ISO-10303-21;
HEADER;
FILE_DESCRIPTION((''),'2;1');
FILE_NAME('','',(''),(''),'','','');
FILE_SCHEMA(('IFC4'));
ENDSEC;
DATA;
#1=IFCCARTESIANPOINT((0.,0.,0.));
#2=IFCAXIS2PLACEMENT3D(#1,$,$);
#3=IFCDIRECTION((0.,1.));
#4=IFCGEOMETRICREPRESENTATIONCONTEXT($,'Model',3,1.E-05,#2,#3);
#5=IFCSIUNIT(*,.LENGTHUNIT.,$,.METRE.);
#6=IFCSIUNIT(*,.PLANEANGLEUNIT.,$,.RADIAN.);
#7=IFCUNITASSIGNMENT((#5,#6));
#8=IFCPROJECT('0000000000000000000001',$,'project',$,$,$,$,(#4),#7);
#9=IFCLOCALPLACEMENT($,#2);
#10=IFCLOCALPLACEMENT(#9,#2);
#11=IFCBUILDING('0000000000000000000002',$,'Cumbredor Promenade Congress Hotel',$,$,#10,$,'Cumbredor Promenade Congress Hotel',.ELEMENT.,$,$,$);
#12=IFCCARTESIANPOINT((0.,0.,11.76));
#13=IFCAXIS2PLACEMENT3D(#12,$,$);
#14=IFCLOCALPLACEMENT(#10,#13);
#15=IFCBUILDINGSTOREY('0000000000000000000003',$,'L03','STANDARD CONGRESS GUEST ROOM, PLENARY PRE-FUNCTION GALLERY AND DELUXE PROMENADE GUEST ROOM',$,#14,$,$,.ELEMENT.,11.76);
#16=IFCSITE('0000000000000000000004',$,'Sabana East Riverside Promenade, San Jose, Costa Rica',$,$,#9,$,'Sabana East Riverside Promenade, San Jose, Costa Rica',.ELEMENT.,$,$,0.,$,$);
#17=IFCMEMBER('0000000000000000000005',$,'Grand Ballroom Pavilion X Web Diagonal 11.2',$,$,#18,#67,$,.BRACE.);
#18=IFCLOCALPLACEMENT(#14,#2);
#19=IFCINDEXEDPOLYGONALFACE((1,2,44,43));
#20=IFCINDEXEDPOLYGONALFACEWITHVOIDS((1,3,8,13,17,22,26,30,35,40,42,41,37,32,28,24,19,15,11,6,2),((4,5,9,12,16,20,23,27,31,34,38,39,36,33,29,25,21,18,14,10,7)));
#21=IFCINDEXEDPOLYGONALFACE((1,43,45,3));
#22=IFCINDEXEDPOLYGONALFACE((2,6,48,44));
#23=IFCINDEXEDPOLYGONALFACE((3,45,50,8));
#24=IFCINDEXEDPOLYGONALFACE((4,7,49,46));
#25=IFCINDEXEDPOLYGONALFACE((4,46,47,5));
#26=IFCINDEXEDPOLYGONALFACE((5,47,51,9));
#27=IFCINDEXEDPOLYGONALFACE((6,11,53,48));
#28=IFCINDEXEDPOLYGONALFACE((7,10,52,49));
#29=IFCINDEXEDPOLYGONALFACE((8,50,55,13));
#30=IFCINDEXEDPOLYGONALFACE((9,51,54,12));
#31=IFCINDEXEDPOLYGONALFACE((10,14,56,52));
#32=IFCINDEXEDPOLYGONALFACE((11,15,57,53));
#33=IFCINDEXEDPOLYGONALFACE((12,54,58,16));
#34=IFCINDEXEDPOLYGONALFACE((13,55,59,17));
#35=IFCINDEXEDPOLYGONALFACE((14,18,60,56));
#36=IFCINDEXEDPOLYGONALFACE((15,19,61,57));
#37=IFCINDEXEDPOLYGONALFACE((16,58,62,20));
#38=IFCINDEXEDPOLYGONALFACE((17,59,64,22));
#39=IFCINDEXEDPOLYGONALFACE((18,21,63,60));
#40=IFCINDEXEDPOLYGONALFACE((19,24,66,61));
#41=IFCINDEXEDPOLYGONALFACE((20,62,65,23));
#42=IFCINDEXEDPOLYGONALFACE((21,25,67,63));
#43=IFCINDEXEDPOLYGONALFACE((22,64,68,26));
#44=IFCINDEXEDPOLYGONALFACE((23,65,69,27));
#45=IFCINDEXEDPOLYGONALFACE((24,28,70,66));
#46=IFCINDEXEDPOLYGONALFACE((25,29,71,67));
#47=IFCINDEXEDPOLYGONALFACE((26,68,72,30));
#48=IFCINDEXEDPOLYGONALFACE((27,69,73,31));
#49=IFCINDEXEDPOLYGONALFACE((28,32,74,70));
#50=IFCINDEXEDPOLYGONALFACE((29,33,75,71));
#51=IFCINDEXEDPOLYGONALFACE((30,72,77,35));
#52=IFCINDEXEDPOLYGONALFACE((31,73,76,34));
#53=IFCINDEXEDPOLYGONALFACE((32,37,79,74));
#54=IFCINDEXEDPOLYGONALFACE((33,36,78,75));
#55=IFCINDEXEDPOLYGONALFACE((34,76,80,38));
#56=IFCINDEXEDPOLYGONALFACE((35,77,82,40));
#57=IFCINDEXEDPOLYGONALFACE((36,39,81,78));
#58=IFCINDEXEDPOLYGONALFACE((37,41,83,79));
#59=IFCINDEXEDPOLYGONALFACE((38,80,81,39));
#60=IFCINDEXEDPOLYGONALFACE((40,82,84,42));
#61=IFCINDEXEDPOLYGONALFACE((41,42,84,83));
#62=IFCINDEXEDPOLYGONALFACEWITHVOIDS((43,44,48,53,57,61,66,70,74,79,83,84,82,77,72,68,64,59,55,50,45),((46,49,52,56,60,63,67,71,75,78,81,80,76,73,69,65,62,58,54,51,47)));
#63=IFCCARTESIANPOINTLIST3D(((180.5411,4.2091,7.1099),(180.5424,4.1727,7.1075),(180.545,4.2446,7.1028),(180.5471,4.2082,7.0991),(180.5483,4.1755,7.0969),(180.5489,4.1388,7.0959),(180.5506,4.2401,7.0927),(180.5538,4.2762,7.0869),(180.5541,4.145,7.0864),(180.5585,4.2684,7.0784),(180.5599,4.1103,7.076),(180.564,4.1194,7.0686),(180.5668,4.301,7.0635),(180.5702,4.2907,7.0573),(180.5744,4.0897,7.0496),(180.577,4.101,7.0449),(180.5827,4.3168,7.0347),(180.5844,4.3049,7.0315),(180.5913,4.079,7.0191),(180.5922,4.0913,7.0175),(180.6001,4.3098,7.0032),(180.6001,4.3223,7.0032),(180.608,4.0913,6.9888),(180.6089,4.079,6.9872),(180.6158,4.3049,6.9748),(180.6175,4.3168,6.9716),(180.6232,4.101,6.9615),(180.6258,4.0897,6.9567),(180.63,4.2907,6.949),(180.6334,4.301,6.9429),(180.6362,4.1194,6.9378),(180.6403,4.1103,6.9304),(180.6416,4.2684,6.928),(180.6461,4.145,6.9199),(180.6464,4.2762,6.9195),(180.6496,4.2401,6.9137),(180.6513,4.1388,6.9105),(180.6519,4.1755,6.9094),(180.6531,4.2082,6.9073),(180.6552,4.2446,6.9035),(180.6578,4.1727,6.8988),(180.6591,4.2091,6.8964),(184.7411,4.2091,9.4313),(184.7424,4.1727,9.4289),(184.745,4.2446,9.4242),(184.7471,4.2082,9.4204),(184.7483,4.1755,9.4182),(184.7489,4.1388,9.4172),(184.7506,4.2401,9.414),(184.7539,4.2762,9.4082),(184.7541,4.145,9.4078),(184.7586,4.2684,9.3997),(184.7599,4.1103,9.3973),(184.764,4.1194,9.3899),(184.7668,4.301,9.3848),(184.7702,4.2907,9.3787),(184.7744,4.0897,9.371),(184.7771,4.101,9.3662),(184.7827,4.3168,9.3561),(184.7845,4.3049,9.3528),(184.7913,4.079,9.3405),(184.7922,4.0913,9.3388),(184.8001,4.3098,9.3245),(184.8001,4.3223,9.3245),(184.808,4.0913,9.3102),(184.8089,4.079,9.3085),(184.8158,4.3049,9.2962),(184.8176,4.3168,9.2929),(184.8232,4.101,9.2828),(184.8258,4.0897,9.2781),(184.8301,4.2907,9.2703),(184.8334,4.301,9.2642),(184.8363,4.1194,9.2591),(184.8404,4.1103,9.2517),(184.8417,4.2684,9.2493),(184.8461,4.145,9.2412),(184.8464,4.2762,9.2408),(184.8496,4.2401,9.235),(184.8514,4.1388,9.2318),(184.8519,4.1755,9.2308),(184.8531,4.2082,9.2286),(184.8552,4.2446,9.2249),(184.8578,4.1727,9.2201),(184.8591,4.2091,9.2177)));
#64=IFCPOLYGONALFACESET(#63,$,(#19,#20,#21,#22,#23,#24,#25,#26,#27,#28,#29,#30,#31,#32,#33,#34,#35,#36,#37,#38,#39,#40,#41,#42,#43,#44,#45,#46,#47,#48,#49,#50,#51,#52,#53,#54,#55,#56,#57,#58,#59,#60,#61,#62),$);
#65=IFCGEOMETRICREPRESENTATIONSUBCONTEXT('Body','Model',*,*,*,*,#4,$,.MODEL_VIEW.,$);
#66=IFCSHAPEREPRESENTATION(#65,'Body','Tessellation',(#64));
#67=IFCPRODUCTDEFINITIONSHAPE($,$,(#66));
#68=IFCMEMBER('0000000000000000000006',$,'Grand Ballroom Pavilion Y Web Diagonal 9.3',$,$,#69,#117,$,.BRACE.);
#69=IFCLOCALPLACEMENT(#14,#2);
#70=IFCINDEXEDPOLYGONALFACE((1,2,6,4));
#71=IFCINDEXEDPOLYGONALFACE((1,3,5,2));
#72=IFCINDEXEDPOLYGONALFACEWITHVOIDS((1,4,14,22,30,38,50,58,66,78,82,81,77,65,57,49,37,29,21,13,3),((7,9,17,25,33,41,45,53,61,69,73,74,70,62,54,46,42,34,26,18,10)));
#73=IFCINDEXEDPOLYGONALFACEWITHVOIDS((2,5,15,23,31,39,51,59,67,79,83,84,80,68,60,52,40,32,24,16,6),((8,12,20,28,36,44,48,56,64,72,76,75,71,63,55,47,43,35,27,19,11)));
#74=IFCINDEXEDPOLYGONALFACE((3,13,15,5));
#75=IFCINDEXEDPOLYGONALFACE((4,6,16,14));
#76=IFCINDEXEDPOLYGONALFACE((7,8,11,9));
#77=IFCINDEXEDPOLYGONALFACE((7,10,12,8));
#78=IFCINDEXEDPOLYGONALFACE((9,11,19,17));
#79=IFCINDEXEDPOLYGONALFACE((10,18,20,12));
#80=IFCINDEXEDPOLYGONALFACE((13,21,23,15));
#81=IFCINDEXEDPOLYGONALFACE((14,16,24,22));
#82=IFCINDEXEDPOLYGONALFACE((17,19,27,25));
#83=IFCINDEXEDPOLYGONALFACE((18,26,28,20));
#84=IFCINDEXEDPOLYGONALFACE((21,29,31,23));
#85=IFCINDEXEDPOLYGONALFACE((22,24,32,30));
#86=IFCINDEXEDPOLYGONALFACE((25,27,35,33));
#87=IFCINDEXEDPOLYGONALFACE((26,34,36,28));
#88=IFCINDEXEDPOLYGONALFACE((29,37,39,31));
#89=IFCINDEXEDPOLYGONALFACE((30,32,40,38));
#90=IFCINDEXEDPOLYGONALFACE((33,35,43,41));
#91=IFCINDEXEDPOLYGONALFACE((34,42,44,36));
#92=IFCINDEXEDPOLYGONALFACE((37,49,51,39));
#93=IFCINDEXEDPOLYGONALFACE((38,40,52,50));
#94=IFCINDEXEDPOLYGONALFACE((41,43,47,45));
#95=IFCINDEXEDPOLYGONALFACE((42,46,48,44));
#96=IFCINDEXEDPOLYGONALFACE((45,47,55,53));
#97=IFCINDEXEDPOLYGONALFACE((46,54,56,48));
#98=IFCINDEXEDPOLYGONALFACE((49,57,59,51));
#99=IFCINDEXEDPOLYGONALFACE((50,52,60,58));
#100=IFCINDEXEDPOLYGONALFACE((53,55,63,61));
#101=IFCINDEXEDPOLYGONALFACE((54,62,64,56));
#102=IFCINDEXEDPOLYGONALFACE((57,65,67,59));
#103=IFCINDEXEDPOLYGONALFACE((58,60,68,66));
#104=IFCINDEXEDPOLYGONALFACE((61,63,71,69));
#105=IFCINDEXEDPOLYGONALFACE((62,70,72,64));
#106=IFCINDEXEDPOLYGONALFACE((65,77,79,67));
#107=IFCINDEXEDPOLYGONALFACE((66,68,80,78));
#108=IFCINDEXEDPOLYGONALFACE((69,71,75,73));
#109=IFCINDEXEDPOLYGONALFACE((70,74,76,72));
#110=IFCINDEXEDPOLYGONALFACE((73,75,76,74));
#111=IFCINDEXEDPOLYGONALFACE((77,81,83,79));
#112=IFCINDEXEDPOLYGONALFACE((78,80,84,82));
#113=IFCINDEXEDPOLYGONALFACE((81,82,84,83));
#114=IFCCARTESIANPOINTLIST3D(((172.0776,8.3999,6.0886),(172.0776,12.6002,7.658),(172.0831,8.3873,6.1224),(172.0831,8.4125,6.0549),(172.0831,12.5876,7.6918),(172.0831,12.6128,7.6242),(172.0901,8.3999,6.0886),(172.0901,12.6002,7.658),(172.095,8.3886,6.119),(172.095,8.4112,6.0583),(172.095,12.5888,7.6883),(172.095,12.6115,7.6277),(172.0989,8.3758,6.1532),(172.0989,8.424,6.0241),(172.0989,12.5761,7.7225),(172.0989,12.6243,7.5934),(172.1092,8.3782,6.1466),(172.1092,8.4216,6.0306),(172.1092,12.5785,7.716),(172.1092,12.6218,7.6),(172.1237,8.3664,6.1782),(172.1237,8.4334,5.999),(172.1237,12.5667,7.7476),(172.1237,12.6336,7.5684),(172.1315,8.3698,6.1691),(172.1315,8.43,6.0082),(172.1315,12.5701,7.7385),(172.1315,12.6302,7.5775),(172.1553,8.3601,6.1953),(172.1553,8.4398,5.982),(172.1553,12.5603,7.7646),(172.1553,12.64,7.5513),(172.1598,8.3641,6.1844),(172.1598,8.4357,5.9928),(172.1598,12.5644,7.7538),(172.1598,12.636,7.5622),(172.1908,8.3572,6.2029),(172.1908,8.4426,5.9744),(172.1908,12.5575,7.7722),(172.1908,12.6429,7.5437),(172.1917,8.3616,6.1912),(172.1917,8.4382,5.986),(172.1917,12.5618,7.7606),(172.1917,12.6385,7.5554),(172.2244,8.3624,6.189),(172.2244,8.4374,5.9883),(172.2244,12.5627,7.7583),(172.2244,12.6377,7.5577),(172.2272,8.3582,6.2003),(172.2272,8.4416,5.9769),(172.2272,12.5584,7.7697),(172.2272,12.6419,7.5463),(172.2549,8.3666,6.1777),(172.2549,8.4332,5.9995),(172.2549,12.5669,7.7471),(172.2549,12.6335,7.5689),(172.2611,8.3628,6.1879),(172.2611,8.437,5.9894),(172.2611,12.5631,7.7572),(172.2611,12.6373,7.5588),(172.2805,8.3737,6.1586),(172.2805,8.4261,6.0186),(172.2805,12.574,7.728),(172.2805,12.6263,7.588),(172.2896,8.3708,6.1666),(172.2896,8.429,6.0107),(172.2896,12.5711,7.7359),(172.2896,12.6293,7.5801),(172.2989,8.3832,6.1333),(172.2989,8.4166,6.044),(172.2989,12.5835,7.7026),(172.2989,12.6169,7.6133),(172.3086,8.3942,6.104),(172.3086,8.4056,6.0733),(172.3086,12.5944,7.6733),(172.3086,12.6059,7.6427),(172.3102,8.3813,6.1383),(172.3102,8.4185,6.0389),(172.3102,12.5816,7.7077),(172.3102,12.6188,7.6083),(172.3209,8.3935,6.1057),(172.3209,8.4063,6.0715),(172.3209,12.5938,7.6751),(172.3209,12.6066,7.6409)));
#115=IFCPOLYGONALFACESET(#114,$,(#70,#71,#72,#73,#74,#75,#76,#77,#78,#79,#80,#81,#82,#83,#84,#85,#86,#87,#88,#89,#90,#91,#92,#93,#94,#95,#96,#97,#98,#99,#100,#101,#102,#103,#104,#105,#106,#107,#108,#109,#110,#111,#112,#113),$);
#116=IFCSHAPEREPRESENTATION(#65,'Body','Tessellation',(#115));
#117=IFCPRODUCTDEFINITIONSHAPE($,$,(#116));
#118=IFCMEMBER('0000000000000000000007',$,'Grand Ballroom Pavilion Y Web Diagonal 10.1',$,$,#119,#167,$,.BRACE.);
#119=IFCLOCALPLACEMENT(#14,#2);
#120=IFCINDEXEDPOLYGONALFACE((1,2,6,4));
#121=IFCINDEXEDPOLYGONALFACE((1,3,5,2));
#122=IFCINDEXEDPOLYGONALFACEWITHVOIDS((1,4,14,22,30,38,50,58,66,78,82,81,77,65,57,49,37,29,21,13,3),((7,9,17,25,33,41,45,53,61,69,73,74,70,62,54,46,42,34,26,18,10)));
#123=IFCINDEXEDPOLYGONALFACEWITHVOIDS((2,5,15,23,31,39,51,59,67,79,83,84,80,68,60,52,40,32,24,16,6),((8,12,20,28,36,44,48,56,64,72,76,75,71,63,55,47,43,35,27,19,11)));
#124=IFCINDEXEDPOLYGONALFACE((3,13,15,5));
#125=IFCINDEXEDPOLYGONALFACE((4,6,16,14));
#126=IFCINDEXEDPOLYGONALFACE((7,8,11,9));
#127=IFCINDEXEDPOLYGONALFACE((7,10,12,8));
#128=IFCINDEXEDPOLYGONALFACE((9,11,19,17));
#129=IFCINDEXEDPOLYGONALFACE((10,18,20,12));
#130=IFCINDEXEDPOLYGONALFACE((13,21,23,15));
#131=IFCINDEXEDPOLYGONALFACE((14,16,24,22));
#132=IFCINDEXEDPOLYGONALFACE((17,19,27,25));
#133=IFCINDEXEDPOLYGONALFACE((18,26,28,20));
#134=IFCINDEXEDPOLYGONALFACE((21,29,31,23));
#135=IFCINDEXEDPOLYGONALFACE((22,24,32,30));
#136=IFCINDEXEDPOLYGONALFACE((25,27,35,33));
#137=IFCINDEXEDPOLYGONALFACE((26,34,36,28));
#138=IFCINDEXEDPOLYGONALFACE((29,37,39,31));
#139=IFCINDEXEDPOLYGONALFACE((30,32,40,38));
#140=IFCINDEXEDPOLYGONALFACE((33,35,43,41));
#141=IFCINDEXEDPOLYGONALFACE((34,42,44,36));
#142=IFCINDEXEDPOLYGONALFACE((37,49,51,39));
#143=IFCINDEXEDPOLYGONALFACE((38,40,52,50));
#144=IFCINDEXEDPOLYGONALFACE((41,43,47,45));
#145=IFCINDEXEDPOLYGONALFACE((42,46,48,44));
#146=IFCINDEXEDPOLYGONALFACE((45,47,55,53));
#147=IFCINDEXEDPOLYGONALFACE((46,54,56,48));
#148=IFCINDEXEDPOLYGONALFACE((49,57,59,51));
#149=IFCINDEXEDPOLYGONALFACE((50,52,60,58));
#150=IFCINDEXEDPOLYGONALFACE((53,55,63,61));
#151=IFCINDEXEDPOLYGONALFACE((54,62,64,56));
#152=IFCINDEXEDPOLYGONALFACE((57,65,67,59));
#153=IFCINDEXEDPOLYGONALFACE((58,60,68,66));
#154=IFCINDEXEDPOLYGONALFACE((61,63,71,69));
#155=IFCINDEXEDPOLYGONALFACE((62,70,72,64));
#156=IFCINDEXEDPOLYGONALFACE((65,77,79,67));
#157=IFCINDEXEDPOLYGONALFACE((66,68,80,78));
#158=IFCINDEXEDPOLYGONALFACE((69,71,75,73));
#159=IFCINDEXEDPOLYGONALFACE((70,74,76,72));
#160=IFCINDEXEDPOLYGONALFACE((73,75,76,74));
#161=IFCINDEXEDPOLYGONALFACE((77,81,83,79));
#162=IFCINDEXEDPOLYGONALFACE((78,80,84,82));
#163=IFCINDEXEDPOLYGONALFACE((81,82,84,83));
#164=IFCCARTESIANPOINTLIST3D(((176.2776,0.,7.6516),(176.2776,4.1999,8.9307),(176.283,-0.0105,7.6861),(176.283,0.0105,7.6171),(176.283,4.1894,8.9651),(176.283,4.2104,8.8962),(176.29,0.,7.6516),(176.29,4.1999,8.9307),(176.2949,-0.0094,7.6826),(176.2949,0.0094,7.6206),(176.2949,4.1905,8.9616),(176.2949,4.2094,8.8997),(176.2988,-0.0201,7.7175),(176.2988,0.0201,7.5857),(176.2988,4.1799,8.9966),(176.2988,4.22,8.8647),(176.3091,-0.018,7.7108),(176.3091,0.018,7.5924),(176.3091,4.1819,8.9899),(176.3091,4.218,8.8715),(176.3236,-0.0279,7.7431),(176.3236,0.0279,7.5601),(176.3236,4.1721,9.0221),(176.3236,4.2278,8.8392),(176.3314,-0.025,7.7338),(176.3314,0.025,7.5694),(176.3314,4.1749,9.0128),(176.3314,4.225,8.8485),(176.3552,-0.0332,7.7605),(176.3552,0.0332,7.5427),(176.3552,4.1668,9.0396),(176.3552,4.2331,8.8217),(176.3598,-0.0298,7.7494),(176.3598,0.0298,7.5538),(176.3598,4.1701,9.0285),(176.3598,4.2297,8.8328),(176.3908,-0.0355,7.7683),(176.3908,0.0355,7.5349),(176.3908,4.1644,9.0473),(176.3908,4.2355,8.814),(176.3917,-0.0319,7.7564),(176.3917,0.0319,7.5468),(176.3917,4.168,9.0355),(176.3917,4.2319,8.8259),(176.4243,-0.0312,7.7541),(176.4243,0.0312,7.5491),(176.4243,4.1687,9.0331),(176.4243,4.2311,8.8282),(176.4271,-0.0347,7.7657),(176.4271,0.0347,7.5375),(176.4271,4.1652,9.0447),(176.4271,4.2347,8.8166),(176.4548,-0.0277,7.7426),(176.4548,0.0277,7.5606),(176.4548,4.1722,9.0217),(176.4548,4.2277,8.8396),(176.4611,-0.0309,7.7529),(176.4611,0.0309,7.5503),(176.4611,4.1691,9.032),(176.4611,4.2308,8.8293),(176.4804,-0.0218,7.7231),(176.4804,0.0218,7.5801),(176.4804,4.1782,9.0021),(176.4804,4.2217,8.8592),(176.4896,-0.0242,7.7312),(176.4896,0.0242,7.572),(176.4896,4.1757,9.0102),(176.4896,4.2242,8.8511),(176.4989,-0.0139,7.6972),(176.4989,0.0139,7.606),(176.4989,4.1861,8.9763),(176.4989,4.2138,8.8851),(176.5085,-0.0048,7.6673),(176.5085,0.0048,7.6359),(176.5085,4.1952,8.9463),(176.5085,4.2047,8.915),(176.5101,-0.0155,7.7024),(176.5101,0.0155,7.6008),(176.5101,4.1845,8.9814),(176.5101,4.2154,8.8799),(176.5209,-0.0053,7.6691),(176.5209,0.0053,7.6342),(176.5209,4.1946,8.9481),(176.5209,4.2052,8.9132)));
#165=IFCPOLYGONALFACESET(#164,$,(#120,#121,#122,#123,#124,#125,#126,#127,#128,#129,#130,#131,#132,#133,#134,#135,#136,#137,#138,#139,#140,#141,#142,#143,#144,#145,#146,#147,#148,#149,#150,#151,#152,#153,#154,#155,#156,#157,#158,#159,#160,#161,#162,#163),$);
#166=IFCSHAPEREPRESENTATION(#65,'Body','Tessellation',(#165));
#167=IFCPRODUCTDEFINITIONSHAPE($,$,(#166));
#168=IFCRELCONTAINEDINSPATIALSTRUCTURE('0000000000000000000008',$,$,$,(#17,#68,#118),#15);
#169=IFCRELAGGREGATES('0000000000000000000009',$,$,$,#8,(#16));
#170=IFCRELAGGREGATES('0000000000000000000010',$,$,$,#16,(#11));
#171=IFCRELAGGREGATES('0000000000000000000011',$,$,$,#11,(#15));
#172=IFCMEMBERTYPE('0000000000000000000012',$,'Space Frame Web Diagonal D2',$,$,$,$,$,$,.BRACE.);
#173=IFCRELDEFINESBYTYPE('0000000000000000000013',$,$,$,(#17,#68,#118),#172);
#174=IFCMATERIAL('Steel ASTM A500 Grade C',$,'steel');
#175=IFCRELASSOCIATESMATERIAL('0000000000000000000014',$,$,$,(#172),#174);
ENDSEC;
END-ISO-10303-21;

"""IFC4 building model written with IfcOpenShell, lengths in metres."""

from ifc_helpers import new_model, si_unit, direction, frame, origin, origin_2d, place, context, subcontext, project, spatial, hollow_circle, extrude, material, material_profile, profile_set, type_object, element, save


model = new_model("IFC4")

# Units and contexts
model_context = context("Model", 3, precision=1e-05, world=origin(), true_north=direction((0.0, 1.0)))
body_context = subcontext(model_context, "Body", "Model", "MODEL_VIEW")
ifc_project = project(units=[si_unit("LENGTHUNIT", "METRE"), si_unit("PLANEANGLEUNIT", "RADIAN")], contexts=[model_context])

# Site, building, storey
site_placement = place(None, origin())
site = spatial("IfcSite", under=ifc_project, at=site_placement, Name="Sabana East Riverside Promenade, San Jose, Costa Rica", LongName="Sabana East Riverside Promenade, San Jose, Costa Rica", CompositionType="ELEMENT", RefElevation=0.0)
building_placement = place(site_placement, origin())
building = spatial("IfcBuilding", under=site, at=building_placement, Name="Cumbredor Promenade Congress Hotel", LongName="Cumbredor Promenade Congress Hotel", CompositionType="ELEMENT")
storey_placement = place(building_placement, frame((0.0, 0.0, 11.76)))
storey = spatial("IfcBuildingStorey", under=building, at=storey_placement, Name="L03", Description="STANDARD CONGRESS GUEST ROOM, PLENARY PRE-FUNCTION GALLERY AND DELUXE PROMENADE GUEST ROOM", CompositionType="ELEMENT", Elevation=11.76)

# Shared definitions
ifc_material_1 = material(Name="Steel ASTM A500 Grade C", Category="steel")

# Members
ifc_material_profile_1 = material_profile(ifc_material_1, hollow_circle(Radius=0.1223, WallThickness=0.0125, at=origin_2d()), Name="CHS 244.5x12.5")
ifc_profile_set_1 = profile_set([ifc_material_profile_1], Name="Steel ASTM A500 Grade C")
member_type_1 = type_object("IfcMemberType", Name="Space Frame Web Diagonal D2", PredefinedType="BRACE", material=ifc_profile_set_1)
member_1_placement = place(storey_placement, frame((180.6001, 4.2, 7.0032), z_axis=(0.875218, 0.0, 0.483728), x_axis=(0.0, 1.0, 0.0)))
element("IfcMember", 1, at=member_1_placement, inside=storey, type_object=member_type_1, Name="Grand Ballroom Pavilion X Web Diagonal 11.2", PredefinedType="BRACE", context=body_context, shape_type="SweptSolid", body=[
    extrude(hollow_circle(Radius=0.1223, WallThickness=0.0125, at=origin_2d()), origin(), (0.0, 0.0, 1.0), 4.7988),
])
member_2_placement = place(storey_placement, frame((172.2, 8.3999, 6.0886), z_axis=(0.0, 0.936749, 0.350001), x_axis=(-1.0, 0.0, 0.0)))
element("IfcMember", 2, at=member_2_placement, inside=storey, type_object=member_type_1, Name="Grand Ballroom Pavilion Y Web Diagonal 9.3", PredefinedType="BRACE", context=body_context, shape_type="SweptSolid", body=[
    extrude(hollow_circle(Radius=0.1223, WallThickness=0.0125, at=origin_2d()), origin(), (0.0, 0.0, 1.0), 4.4839),
])
member_3_placement = place(storey_placement, frame((176.3999, 0.0, 7.6516), z_axis=(0.0, 0.956623, 0.29133), x_axis=(-1.0, 0.0, 0.0)))
element("IfcMember", 3, at=member_3_placement, inside=storey, type_object=member_type_1, Name="Grand Ballroom Pavilion Y Web Diagonal 10.1", PredefinedType="BRACE", context=body_context, shape_type="SweptSolid", body=[
    extrude(hollow_circle(Radius=0.1223, WallThickness=0.0125, at=origin_2d()), origin(), (0.0, 0.0, 1.0), 4.3904),
])

save(model, "model.ifc")
